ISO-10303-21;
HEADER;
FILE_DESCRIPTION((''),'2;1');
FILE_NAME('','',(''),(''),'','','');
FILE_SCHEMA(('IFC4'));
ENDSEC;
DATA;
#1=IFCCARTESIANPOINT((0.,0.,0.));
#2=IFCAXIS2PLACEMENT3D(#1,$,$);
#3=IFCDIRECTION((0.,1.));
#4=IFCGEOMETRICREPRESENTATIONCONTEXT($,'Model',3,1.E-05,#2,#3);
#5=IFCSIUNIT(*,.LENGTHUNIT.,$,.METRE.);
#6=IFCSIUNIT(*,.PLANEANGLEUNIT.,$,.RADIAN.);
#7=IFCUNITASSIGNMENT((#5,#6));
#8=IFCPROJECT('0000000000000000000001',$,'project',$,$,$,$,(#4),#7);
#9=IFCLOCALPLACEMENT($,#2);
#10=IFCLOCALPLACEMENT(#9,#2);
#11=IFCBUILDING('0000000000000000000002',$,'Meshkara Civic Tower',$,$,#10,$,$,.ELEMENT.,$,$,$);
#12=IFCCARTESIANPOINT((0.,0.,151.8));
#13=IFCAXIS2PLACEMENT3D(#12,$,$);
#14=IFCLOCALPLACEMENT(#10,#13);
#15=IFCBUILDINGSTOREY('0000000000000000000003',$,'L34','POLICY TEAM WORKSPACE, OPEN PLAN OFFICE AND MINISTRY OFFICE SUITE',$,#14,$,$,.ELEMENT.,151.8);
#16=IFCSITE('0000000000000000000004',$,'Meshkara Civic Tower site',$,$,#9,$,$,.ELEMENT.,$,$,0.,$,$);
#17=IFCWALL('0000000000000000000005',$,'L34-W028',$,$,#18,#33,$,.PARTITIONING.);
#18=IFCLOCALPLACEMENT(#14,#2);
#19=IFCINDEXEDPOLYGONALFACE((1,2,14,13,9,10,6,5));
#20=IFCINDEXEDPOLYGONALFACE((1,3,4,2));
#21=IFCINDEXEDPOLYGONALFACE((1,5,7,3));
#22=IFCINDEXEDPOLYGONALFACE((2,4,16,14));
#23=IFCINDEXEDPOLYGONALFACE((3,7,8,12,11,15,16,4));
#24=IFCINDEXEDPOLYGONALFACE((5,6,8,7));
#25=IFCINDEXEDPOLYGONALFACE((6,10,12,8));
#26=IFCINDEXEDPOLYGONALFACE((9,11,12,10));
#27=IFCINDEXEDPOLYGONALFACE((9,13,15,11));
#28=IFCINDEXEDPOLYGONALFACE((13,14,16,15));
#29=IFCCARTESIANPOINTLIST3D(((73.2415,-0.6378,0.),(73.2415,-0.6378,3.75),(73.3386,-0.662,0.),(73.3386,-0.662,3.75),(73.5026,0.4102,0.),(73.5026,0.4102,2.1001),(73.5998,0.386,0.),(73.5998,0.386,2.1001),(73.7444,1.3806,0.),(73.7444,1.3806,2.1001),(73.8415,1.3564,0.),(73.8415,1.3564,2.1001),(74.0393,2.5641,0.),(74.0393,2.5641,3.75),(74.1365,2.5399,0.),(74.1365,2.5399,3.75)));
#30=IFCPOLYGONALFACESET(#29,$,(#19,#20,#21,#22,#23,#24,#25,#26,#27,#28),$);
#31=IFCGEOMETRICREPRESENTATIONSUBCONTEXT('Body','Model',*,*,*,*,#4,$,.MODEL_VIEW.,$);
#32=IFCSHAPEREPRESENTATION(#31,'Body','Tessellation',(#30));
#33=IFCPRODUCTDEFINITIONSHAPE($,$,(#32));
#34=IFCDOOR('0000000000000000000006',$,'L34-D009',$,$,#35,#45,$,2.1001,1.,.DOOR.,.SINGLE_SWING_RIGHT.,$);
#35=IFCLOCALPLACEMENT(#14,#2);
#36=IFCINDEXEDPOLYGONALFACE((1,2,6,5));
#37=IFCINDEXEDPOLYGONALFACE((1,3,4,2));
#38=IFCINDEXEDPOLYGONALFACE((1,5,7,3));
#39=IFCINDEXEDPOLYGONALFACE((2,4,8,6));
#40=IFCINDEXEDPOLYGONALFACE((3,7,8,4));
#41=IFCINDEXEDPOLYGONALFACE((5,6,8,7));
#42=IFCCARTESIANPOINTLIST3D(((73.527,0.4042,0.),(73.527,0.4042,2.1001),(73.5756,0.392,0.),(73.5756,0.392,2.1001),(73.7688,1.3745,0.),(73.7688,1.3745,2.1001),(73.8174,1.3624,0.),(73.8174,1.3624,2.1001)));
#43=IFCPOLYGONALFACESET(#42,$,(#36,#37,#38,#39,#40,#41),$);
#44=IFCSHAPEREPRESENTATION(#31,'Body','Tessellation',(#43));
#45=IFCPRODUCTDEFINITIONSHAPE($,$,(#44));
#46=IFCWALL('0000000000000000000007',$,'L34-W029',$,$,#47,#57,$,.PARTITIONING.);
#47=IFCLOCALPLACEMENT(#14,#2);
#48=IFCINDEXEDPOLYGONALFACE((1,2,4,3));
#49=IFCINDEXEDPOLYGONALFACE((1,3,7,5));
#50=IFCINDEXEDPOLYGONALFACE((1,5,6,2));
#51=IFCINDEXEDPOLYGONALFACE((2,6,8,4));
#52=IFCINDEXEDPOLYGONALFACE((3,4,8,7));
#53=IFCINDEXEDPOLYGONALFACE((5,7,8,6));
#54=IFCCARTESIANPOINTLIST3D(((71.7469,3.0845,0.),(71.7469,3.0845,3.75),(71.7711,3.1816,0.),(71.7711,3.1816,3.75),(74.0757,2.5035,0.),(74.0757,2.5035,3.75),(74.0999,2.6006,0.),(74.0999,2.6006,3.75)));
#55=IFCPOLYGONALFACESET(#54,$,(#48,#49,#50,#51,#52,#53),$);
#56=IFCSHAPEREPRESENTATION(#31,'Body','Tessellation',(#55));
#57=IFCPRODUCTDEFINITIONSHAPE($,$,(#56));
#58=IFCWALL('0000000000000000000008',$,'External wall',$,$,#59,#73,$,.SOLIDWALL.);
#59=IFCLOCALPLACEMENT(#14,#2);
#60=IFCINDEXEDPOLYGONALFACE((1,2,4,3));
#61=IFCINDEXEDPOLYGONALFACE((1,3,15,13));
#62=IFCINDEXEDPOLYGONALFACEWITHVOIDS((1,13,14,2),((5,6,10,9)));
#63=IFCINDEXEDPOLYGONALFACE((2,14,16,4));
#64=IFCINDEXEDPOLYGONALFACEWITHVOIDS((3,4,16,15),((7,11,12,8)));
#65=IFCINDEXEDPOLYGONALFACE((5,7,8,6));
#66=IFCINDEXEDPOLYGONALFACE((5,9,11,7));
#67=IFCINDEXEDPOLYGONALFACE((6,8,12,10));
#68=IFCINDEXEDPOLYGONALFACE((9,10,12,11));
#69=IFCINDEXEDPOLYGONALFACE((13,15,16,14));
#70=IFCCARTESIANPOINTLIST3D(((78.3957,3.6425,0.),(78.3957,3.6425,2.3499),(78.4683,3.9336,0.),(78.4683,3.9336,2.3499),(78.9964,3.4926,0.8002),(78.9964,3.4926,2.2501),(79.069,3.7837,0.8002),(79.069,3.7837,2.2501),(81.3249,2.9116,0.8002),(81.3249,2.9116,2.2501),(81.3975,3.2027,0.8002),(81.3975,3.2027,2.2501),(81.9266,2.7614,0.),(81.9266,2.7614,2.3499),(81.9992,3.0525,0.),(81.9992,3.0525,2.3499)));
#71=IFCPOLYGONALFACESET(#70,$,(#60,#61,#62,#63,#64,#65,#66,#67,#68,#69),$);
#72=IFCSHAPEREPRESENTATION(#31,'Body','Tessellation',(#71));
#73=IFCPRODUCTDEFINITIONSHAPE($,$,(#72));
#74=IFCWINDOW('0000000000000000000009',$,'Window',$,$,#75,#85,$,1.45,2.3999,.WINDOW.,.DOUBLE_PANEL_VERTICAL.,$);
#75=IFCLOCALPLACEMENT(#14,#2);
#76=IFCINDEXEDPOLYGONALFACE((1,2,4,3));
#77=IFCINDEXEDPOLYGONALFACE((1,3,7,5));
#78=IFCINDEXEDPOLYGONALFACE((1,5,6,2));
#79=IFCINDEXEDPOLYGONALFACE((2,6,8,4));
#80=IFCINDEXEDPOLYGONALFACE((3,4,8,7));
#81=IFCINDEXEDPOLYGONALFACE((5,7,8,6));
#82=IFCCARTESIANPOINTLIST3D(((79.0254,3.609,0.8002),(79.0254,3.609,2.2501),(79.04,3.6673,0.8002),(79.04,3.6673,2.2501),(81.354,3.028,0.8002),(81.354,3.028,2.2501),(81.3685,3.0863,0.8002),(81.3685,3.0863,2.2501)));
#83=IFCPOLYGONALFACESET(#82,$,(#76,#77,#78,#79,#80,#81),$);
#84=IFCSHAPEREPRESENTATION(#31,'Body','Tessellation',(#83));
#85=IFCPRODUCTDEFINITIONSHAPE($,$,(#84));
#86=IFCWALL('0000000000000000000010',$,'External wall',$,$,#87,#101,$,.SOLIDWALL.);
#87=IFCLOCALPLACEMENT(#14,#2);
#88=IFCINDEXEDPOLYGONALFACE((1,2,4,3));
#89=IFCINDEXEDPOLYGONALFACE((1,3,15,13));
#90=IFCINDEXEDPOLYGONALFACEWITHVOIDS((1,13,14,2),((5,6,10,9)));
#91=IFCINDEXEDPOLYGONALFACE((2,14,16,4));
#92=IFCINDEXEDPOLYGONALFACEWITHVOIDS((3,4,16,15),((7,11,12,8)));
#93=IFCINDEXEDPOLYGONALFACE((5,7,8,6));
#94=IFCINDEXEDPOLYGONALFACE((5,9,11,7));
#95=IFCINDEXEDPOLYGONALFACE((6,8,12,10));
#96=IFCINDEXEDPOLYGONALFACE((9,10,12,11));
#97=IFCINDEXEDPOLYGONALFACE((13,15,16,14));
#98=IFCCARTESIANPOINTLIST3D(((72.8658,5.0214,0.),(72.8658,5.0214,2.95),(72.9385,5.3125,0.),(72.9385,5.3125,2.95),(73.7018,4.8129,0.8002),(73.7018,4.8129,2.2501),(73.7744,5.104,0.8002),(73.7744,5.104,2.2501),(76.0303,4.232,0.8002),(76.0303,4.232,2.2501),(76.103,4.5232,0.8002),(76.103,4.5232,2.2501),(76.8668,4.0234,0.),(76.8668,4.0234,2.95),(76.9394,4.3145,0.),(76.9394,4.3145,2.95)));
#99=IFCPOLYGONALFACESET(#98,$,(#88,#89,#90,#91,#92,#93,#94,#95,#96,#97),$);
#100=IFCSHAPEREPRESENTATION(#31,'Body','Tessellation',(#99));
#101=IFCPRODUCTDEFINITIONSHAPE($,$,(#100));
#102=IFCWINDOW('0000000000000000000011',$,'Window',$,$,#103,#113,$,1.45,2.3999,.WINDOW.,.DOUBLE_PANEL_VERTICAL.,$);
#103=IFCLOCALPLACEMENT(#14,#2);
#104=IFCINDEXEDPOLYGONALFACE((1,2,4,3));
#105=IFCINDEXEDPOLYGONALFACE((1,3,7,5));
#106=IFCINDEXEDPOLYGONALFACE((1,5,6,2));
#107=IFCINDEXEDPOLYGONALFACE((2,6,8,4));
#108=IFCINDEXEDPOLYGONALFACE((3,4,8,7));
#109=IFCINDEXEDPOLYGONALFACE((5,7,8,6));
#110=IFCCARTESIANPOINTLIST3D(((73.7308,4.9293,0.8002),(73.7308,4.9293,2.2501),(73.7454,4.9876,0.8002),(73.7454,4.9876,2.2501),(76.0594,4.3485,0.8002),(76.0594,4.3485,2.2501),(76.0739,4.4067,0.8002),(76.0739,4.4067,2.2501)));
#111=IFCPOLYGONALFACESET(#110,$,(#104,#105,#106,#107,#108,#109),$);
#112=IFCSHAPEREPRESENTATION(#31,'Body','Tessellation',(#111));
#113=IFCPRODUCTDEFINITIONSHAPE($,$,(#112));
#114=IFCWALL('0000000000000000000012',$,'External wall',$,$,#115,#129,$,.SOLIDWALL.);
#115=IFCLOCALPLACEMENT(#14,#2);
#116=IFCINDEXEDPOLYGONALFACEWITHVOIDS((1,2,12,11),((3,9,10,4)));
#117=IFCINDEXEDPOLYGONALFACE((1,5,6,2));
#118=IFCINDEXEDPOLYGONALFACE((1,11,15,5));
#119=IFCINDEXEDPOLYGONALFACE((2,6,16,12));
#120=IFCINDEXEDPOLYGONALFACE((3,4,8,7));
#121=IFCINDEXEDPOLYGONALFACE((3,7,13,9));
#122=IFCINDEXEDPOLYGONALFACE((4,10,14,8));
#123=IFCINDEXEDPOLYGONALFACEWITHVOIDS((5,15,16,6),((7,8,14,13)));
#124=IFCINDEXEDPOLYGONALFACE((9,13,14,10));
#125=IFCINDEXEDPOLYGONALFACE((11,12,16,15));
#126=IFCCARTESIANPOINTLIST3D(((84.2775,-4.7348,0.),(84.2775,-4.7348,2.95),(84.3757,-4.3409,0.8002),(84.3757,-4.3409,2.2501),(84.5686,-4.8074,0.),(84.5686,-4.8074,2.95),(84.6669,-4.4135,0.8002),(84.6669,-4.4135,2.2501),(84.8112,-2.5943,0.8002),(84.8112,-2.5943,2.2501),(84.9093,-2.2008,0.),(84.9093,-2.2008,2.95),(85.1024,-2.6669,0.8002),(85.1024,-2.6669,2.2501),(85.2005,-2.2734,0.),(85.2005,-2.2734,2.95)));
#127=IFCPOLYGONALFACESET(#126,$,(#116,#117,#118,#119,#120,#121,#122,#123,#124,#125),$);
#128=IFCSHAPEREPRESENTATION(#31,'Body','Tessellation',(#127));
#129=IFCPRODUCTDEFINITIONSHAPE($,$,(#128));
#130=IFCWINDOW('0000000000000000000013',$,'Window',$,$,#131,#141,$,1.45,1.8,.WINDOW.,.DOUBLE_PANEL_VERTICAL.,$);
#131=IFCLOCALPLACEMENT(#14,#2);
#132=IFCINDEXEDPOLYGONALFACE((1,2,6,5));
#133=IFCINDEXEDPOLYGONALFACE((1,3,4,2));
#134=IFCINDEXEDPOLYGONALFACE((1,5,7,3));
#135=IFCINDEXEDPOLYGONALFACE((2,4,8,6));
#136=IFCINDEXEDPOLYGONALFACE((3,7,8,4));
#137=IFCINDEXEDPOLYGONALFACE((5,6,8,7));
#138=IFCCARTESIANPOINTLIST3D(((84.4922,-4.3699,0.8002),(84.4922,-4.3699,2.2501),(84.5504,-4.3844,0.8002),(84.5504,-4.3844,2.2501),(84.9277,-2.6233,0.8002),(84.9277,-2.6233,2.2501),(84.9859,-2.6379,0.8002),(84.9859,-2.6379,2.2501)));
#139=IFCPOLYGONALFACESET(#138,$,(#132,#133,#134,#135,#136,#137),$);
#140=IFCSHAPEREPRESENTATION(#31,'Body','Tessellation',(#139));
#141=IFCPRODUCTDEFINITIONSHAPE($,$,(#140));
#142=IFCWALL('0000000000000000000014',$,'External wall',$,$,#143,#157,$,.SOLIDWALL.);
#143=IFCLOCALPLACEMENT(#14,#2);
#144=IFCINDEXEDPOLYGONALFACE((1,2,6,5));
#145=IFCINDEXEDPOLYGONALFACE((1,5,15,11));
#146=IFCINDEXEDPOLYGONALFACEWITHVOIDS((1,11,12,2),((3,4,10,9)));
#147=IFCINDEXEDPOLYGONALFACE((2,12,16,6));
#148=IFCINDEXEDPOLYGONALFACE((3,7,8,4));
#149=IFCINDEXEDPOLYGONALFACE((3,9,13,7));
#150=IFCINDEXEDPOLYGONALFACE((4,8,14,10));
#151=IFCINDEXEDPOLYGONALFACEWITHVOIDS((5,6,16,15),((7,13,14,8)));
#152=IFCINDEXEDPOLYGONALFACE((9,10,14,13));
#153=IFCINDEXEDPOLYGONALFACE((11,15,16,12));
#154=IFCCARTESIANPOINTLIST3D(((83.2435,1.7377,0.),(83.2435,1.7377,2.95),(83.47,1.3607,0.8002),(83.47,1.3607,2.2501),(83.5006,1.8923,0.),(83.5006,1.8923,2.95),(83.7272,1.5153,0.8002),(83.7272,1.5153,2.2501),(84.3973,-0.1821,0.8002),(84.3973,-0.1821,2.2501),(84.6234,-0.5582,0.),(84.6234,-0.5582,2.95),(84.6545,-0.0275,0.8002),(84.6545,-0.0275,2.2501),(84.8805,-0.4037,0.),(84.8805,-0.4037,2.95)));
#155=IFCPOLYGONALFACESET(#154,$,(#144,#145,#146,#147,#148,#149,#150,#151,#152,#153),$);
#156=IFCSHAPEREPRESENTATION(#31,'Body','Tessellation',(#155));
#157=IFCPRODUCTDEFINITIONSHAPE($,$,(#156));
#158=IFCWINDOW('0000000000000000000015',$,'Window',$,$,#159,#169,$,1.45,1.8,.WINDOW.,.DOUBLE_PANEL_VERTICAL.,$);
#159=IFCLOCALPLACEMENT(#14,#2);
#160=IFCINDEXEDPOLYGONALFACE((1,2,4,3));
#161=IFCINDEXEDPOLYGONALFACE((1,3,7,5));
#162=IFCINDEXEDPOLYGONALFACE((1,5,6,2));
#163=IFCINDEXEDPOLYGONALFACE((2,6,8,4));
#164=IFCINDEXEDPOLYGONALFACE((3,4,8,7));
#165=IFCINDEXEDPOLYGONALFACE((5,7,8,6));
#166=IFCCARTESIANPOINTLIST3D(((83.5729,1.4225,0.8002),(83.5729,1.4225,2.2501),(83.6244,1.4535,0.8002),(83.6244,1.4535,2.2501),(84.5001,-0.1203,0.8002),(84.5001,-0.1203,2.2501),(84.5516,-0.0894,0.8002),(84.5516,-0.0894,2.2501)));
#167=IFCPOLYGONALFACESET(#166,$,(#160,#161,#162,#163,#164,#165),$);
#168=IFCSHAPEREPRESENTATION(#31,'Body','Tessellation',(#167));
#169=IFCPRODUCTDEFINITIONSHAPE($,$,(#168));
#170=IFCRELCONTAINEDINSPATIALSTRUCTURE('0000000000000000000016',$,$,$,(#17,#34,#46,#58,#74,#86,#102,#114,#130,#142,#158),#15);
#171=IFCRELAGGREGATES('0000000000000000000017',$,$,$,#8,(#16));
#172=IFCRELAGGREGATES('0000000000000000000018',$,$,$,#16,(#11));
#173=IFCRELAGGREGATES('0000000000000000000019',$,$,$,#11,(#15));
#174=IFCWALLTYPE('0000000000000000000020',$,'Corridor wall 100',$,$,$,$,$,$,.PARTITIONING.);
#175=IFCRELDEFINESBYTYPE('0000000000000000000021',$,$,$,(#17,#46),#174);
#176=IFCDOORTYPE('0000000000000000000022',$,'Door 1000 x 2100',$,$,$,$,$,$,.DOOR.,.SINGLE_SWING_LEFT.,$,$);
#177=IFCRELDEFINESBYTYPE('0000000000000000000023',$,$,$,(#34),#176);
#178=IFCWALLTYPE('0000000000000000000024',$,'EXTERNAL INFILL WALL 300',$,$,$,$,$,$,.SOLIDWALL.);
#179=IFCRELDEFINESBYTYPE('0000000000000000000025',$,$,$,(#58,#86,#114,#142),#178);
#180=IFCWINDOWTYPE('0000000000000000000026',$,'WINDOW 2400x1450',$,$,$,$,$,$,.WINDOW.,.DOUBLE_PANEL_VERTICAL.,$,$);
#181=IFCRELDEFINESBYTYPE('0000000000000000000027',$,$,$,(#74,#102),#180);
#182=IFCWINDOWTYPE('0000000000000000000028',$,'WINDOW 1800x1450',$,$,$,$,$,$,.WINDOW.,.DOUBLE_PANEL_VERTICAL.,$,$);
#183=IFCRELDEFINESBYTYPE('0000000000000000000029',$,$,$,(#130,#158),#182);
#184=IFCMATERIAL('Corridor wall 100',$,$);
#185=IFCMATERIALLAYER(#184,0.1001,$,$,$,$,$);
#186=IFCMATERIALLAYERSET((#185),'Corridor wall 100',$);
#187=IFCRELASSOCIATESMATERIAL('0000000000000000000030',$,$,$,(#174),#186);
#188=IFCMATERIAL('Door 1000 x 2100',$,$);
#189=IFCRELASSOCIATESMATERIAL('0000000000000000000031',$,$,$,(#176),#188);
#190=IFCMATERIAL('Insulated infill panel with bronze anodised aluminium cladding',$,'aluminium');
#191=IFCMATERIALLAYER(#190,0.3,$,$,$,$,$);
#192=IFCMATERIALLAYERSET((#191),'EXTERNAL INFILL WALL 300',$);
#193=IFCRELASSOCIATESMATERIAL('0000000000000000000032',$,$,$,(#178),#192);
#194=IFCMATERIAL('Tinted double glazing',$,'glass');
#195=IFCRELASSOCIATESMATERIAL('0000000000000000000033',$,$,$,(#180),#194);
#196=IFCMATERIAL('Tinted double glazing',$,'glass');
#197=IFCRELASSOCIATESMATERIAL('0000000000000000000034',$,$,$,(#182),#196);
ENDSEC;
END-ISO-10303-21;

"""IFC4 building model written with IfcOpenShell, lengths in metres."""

from ifc_helpers import new_model, si_unit, direction, frame, frame_2d, origin, place, context, subcontext, project, spatial, rectangle, extrude, material, layer, layer_set, type_object, element, fill, save


model = new_model("IFC4")

# Units and contexts
model_context = context("Model", 3, precision=1e-05, world=origin(), true_north=direction((0.0, 1.0)))
body_context = subcontext(model_context, "Body", "Model", "MODEL_VIEW")
ifc_project = project(units=[si_unit("LENGTHUNIT", "METRE"), si_unit("PLANEANGLEUNIT", "RADIAN")], contexts=[model_context])

# Site, building, storey
site_placement = place(None, origin())
site = spatial("IfcSite", under=ifc_project, at=site_placement, Name="Meshkara Civic Tower site", CompositionType="ELEMENT", RefElevation=0.0)
building_placement = place(site_placement, origin())
building = spatial("IfcBuilding", under=site, at=building_placement, Name="Meshkara Civic Tower", CompositionType="ELEMENT")
storey_placement = place(building_placement, frame((0.0, 0.0, 151.8)))
storey = spatial("IfcBuildingStorey", under=building, at=storey_placement, Name="L34", Description="POLICY TEAM WORKSPACE, OPEN PLAN OFFICE AND MINISTRY OFFICE SUITE", CompositionType="ELEMENT", Elevation=151.8)

# Wall, opening, door
ifc_material_1 = material(Name="Corridor wall 100")
ifc_layer_1 = layer(ifc_material_1, 0.1001)
ifc_layer_set_1 = layer_set([ifc_layer_1], Name="Corridor wall 100")
wall_type_1 = type_object("IfcWallType", Name="Corridor wall 100", PredefinedType="PARTITIONING", material=ifc_layer_set_1)
wall_1_placement = place(storey_placement, frame((73.29, -0.6499, 0.0), z_axis=(0.0, 0.0, 1.0), x_axis=(0.241787, 0.970329, 0.0)))
wall_1 = element("IfcWall", 1, at=wall_1_placement, inside=storey, type_object=wall_type_1, Name="L34-W028", PredefinedType="PARTITIONING", context=body_context, shape_type="SweptSolid", body=[
    extrude(rectangle(XDim=3.2998, YDim=0.1001, at=frame_2d((1.6499, 0.0))), origin(), (0.0, 0.0, 1.0), 3.75),
])
opening_1_placement = place(wall_1_placement, frame((1.0801, 0.0, 0.0)))
opening_1 = element("IfcOpeningElement", 2, at=opening_1_placement, cuts=wall_1, PredefinedType="OPENING", context=body_context, shape_type="SweptSolid", body=[
    extrude(rectangle(XDim=1.0, YDim=2.1001, at=frame_2d((0.5, 1.05))), frame((0.0, 0.0601, 0.0), z_axis=(0.0, -1.0, 0.0), x_axis=(1.0, 0.0, 0.0)), (0.0, 0.0, 1.0), 0.1201),
])
ifc_material_2 = material(Name="Door 1000 x 2100")
door_type_1 = type_object("IfcDoorType", Name="Door 1000 x 2100", OperationType="SINGLE_SWING_LEFT", PredefinedType="DOOR", material=ifc_material_2)
door_1_placement = place(opening_1_placement, origin())
door_1 = element("IfcDoor", 3, at=door_1_placement, inside=storey, type_object=door_type_1, Name="L34-D009", OperationType="SINGLE_SWING_RIGHT", OverallHeight=2.1001, OverallWidth=1.0, PredefinedType="DOOR", context=body_context, shape_type="SweptSolid", body=[
    extrude(rectangle(XDim=1.0, YDim=2.1001, at=frame_2d((0.5, 1.05))), frame((0.0, 0.0249, 0.0), z_axis=(0.0, -1.0, 0.0), x_axis=(1.0, 0.0, 0.0)), (0.0, 0.0, 1.0), 0.05),
])
fill(opening_1, door_1)

# Wall
wall_2_placement = place(storey_placement, frame((74.0879, 2.552, 0.0), z_axis=(0.0, 0.0, 1.0), x_axis=(-0.970256, 0.242081, 0.0)))
element("IfcWall", 4, at=wall_2_placement, inside=storey, type_object=wall_type_1, Name="L34-W029", PredefinedType="PARTITIONING", context=body_context, shape_type="SweptSolid", body=[
    extrude(rectangle(XDim=2.4001, YDim=0.1001, at=frame_2d((1.2002, 0.0))), origin(), (0.0, 0.0, 1.0), 3.75),
])

# Walls, openings, windows
ifc_material_3 = material(Name="Insulated infill panel with bronze anodised aluminium cladding", Category="aluminium")
ifc_layer_2 = layer(ifc_material_3, 0.3)
ifc_layer_set_2 = layer_set([ifc_layer_2], Name="EXTERNAL INFILL WALL 300")
wall_type_2 = type_object("IfcWallType", Name="EXTERNAL INFILL WALL 300", PredefinedType="SOLIDWALL", material=ifc_layer_set_2)
wall_3_placement = place(storey_placement, frame((81.9629, 2.907, 0.0), z_axis=(0.0, 0.0, 1.0), x_axis=(-0.970249, 0.242109, 0.0)))
wall_3 = element("IfcWall", 5, at=wall_3_placement, inside=storey, type_object=wall_type_2, Name="External wall", PredefinedType="SOLIDWALL", context=body_context, shape_type="SweptSolid", body=[
    extrude(rectangle(XDim=3.6392, YDim=0.3, at=frame_2d((1.8196, 0.0))), origin(), (0.0, 0.0, 1.0), 2.3499),
])
opening_2_placement = place(wall_3_placement, frame((0.6201, 0.0, 0.8)))
opening_2 = element("IfcOpeningElement", 6, at=opening_2_placement, cuts=wall_3, PredefinedType="OPENING", context=body_context, shape_type="SweptSolid", body=[
    extrude(rectangle(XDim=2.3999, YDim=1.45, at=frame_2d((1.2, 0.7251))), frame((0.0, 0.1599, 0.0), z_axis=(0.0, -1.0, 0.0), x_axis=(1.0, 0.0, 0.0)), (0.0, 0.0, 1.0), 0.3201),
])
ifc_material_4 = material(Name="Tinted double glazing", Category="glass")
window_type_1 = type_object("IfcWindowType", Name="WINDOW 2400x1450", PartitioningType="DOUBLE_PANEL_VERTICAL", PredefinedType="WINDOW", material=ifc_material_4)
window_1_placement = place(opening_2_placement, origin())
window_1 = element("IfcWindow", 7, at=window_1_placement, inside=storey, type_object=window_type_1, Name="Window", OverallHeight=1.45, OverallWidth=2.3999, PartitioningType="DOUBLE_PANEL_VERTICAL", PredefinedType="WINDOW", context=body_context, shape_type="SweptSolid", body=[
    extrude(rectangle(XDim=2.3999, YDim=1.45, at=frame_2d((1.2, 0.7251))), frame((0.0, 0.03, 0.0), z_axis=(0.0, -1.0, 0.0), x_axis=(1.0, 0.0, 0.0)), (0.0, 0.0, 1.0), 0.0601),
])
fill(opening_2, window_1)
wall_4_placement = place(storey_placement, frame((76.9031, 4.1689, 0.0), z_axis=(0.0, 0.0, 1.0), x_axis=(-0.970268, 0.242034, 0.0)))
wall_4 = element("IfcWall", 8, at=wall_4_placement, inside=storey, type_object=wall_type_2, Name="External wall", PredefinedType="SOLIDWALL", context=body_context, shape_type="SweptSolid", body=[
    extrude(rectangle(XDim=4.1235, YDim=0.3, at=frame_2d((2.0618, 0.0))), origin(), (0.0, 0.0, 1.0), 2.95),
])
opening_3_placement = place(wall_4_placement, frame((0.8621, 0.0, 0.8)))
opening_3 = element("IfcOpeningElement", 9, at=opening_3_placement, cuts=wall_4, PredefinedType="OPENING", context=body_context, shape_type="SweptSolid", body=[
    extrude(rectangle(XDim=2.3999, YDim=1.45, at=frame_2d((1.2, 0.7251))), frame((0.0, 0.1599, 0.0), z_axis=(0.0, -1.0, 0.0), x_axis=(1.0, 0.0, 0.0)), (0.0, 0.0, 1.0), 0.3201),
])
window_2_placement = place(opening_3_placement, origin())
window_2 = element("IfcWindow", 10, at=window_2_placement, inside=storey, type_object=window_type_1, Name="Window", OverallHeight=1.45, OverallWidth=2.3999, PartitioningType="DOUBLE_PANEL_VERTICAL", PredefinedType="WINDOW", context=body_context, shape_type="SweptSolid", body=[
    extrude(rectangle(XDim=2.3999, YDim=1.45, at=frame_2d((1.2, 0.7251))), frame((0.0, 0.03, 0.0), z_axis=(0.0, -1.0, 0.0), x_axis=(1.0, 0.0, 0.0)), (0.0, 0.0, 1.0), 0.0601),
])
fill(opening_3, window_2)
wall_5_placement = place(storey_placement, frame((84.4231, -4.771, 0.0), z_axis=(0.0, 0.0, 1.0), x_axis=(0.241942, 0.970291, 0.0)))
wall_5 = element("IfcWall", 11, at=wall_5_placement, inside=storey, type_object=wall_type_2, Name="External wall", PredefinedType="SOLIDWALL", context=body_context, shape_type="SweptSolid", body=[
    extrude(rectangle(XDim=2.6116, YDim=0.3, at=frame_2d((1.3057, 0.0))), origin(), (0.0, 0.0, 1.0), 2.95),
])
opening_4_placement = place(wall_5_placement, frame((0.406, 0.0, 0.8)))
opening_4 = element("IfcOpeningElement", 12, at=opening_4_placement, cuts=wall_5, PredefinedType="OPENING", context=body_context, shape_type="SweptSolid", body=[
    extrude(rectangle(XDim=1.8, YDim=1.45, at=frame_2d((0.8999, 0.7251))), frame((0.0, 0.1599, 0.0), z_axis=(0.0, -1.0, 0.0), x_axis=(1.0, 0.0, 0.0)), (0.0, 0.0, 1.0), 0.3201),
])
ifc_material_5 = material(Name="Tinted double glazing", Category="glass")
window_type_2 = type_object("IfcWindowType", Name="WINDOW 1800x1450", PartitioningType="DOUBLE_PANEL_VERTICAL", PredefinedType="WINDOW", material=ifc_material_5)
window_3_placement = place(opening_4_placement, origin())
window_3 = element("IfcWindow", 13, at=window_3_placement, inside=storey, type_object=window_type_2, Name="Window", OverallHeight=1.45, OverallWidth=1.8, PartitioningType="DOUBLE_PANEL_VERTICAL", PredefinedType="WINDOW", context=body_context, shape_type="SweptSolid", body=[
    extrude(rectangle(XDim=1.8, YDim=1.45, at=frame_2d((0.8999, 0.7251))), frame((0.0, 0.03, 0.0), z_axis=(0.0, -1.0, 0.0), x_axis=(1.0, 0.0, 0.0)), (0.0, 0.0, 1.0), 0.0601),
])
fill(opening_4, window_3)
wall_6_placement = place(storey_placement, frame((84.752, -0.481, 0.0), z_axis=(0.0, 0.0, 1.0), x_axis=(-0.515139, 0.857107, 0.0)))
wall_6 = element("IfcWall", 14, at=wall_6_placement, inside=storey, type_object=wall_type_2, Name="External wall", PredefinedType="SOLIDWALL", context=body_context, shape_type="SweptSolid", body=[
    extrude(rectangle(XDim=2.6787, YDim=0.3, at=frame_2d((1.3394, 0.0))), origin(), (0.0, 0.0, 1.0), 2.95),
])
opening_5_placement = place(wall_6_placement, frame((0.439, 0.0, 0.8)))
opening_5 = element("IfcOpeningElement", 15, at=opening_5_placement, cuts=wall_6, PredefinedType="OPENING", context=body_context, shape_type="SweptSolid", body=[
    extrude(rectangle(XDim=1.8, YDim=1.45, at=frame_2d((0.8999, 0.7251))), frame((0.0, 0.1599, 0.0), z_axis=(0.0, -1.0, 0.0), x_axis=(1.0, 0.0, 0.0)), (0.0, 0.0, 1.0), 0.3201),
])
window_4_placement = place(opening_5_placement, origin())
window_4 = element("IfcWindow", 16, at=window_4_placement, inside=storey, type_object=window_type_2, Name="Window", OverallHeight=1.45, OverallWidth=1.8, PartitioningType="DOUBLE_PANEL_VERTICAL", PredefinedType="WINDOW", context=body_context, shape_type="SweptSolid", body=[
    extrude(rectangle(XDim=1.8, YDim=1.45, at=frame_2d((0.8999, 0.7251))), frame((0.0, 0.03, 0.0), z_axis=(0.0, -1.0, 0.0), x_axis=(1.0, 0.0, 0.0)), (0.0, 0.0, 1.0), 0.0601),
])
fill(opening_5, window_4)

save(model, "model.ifc")
